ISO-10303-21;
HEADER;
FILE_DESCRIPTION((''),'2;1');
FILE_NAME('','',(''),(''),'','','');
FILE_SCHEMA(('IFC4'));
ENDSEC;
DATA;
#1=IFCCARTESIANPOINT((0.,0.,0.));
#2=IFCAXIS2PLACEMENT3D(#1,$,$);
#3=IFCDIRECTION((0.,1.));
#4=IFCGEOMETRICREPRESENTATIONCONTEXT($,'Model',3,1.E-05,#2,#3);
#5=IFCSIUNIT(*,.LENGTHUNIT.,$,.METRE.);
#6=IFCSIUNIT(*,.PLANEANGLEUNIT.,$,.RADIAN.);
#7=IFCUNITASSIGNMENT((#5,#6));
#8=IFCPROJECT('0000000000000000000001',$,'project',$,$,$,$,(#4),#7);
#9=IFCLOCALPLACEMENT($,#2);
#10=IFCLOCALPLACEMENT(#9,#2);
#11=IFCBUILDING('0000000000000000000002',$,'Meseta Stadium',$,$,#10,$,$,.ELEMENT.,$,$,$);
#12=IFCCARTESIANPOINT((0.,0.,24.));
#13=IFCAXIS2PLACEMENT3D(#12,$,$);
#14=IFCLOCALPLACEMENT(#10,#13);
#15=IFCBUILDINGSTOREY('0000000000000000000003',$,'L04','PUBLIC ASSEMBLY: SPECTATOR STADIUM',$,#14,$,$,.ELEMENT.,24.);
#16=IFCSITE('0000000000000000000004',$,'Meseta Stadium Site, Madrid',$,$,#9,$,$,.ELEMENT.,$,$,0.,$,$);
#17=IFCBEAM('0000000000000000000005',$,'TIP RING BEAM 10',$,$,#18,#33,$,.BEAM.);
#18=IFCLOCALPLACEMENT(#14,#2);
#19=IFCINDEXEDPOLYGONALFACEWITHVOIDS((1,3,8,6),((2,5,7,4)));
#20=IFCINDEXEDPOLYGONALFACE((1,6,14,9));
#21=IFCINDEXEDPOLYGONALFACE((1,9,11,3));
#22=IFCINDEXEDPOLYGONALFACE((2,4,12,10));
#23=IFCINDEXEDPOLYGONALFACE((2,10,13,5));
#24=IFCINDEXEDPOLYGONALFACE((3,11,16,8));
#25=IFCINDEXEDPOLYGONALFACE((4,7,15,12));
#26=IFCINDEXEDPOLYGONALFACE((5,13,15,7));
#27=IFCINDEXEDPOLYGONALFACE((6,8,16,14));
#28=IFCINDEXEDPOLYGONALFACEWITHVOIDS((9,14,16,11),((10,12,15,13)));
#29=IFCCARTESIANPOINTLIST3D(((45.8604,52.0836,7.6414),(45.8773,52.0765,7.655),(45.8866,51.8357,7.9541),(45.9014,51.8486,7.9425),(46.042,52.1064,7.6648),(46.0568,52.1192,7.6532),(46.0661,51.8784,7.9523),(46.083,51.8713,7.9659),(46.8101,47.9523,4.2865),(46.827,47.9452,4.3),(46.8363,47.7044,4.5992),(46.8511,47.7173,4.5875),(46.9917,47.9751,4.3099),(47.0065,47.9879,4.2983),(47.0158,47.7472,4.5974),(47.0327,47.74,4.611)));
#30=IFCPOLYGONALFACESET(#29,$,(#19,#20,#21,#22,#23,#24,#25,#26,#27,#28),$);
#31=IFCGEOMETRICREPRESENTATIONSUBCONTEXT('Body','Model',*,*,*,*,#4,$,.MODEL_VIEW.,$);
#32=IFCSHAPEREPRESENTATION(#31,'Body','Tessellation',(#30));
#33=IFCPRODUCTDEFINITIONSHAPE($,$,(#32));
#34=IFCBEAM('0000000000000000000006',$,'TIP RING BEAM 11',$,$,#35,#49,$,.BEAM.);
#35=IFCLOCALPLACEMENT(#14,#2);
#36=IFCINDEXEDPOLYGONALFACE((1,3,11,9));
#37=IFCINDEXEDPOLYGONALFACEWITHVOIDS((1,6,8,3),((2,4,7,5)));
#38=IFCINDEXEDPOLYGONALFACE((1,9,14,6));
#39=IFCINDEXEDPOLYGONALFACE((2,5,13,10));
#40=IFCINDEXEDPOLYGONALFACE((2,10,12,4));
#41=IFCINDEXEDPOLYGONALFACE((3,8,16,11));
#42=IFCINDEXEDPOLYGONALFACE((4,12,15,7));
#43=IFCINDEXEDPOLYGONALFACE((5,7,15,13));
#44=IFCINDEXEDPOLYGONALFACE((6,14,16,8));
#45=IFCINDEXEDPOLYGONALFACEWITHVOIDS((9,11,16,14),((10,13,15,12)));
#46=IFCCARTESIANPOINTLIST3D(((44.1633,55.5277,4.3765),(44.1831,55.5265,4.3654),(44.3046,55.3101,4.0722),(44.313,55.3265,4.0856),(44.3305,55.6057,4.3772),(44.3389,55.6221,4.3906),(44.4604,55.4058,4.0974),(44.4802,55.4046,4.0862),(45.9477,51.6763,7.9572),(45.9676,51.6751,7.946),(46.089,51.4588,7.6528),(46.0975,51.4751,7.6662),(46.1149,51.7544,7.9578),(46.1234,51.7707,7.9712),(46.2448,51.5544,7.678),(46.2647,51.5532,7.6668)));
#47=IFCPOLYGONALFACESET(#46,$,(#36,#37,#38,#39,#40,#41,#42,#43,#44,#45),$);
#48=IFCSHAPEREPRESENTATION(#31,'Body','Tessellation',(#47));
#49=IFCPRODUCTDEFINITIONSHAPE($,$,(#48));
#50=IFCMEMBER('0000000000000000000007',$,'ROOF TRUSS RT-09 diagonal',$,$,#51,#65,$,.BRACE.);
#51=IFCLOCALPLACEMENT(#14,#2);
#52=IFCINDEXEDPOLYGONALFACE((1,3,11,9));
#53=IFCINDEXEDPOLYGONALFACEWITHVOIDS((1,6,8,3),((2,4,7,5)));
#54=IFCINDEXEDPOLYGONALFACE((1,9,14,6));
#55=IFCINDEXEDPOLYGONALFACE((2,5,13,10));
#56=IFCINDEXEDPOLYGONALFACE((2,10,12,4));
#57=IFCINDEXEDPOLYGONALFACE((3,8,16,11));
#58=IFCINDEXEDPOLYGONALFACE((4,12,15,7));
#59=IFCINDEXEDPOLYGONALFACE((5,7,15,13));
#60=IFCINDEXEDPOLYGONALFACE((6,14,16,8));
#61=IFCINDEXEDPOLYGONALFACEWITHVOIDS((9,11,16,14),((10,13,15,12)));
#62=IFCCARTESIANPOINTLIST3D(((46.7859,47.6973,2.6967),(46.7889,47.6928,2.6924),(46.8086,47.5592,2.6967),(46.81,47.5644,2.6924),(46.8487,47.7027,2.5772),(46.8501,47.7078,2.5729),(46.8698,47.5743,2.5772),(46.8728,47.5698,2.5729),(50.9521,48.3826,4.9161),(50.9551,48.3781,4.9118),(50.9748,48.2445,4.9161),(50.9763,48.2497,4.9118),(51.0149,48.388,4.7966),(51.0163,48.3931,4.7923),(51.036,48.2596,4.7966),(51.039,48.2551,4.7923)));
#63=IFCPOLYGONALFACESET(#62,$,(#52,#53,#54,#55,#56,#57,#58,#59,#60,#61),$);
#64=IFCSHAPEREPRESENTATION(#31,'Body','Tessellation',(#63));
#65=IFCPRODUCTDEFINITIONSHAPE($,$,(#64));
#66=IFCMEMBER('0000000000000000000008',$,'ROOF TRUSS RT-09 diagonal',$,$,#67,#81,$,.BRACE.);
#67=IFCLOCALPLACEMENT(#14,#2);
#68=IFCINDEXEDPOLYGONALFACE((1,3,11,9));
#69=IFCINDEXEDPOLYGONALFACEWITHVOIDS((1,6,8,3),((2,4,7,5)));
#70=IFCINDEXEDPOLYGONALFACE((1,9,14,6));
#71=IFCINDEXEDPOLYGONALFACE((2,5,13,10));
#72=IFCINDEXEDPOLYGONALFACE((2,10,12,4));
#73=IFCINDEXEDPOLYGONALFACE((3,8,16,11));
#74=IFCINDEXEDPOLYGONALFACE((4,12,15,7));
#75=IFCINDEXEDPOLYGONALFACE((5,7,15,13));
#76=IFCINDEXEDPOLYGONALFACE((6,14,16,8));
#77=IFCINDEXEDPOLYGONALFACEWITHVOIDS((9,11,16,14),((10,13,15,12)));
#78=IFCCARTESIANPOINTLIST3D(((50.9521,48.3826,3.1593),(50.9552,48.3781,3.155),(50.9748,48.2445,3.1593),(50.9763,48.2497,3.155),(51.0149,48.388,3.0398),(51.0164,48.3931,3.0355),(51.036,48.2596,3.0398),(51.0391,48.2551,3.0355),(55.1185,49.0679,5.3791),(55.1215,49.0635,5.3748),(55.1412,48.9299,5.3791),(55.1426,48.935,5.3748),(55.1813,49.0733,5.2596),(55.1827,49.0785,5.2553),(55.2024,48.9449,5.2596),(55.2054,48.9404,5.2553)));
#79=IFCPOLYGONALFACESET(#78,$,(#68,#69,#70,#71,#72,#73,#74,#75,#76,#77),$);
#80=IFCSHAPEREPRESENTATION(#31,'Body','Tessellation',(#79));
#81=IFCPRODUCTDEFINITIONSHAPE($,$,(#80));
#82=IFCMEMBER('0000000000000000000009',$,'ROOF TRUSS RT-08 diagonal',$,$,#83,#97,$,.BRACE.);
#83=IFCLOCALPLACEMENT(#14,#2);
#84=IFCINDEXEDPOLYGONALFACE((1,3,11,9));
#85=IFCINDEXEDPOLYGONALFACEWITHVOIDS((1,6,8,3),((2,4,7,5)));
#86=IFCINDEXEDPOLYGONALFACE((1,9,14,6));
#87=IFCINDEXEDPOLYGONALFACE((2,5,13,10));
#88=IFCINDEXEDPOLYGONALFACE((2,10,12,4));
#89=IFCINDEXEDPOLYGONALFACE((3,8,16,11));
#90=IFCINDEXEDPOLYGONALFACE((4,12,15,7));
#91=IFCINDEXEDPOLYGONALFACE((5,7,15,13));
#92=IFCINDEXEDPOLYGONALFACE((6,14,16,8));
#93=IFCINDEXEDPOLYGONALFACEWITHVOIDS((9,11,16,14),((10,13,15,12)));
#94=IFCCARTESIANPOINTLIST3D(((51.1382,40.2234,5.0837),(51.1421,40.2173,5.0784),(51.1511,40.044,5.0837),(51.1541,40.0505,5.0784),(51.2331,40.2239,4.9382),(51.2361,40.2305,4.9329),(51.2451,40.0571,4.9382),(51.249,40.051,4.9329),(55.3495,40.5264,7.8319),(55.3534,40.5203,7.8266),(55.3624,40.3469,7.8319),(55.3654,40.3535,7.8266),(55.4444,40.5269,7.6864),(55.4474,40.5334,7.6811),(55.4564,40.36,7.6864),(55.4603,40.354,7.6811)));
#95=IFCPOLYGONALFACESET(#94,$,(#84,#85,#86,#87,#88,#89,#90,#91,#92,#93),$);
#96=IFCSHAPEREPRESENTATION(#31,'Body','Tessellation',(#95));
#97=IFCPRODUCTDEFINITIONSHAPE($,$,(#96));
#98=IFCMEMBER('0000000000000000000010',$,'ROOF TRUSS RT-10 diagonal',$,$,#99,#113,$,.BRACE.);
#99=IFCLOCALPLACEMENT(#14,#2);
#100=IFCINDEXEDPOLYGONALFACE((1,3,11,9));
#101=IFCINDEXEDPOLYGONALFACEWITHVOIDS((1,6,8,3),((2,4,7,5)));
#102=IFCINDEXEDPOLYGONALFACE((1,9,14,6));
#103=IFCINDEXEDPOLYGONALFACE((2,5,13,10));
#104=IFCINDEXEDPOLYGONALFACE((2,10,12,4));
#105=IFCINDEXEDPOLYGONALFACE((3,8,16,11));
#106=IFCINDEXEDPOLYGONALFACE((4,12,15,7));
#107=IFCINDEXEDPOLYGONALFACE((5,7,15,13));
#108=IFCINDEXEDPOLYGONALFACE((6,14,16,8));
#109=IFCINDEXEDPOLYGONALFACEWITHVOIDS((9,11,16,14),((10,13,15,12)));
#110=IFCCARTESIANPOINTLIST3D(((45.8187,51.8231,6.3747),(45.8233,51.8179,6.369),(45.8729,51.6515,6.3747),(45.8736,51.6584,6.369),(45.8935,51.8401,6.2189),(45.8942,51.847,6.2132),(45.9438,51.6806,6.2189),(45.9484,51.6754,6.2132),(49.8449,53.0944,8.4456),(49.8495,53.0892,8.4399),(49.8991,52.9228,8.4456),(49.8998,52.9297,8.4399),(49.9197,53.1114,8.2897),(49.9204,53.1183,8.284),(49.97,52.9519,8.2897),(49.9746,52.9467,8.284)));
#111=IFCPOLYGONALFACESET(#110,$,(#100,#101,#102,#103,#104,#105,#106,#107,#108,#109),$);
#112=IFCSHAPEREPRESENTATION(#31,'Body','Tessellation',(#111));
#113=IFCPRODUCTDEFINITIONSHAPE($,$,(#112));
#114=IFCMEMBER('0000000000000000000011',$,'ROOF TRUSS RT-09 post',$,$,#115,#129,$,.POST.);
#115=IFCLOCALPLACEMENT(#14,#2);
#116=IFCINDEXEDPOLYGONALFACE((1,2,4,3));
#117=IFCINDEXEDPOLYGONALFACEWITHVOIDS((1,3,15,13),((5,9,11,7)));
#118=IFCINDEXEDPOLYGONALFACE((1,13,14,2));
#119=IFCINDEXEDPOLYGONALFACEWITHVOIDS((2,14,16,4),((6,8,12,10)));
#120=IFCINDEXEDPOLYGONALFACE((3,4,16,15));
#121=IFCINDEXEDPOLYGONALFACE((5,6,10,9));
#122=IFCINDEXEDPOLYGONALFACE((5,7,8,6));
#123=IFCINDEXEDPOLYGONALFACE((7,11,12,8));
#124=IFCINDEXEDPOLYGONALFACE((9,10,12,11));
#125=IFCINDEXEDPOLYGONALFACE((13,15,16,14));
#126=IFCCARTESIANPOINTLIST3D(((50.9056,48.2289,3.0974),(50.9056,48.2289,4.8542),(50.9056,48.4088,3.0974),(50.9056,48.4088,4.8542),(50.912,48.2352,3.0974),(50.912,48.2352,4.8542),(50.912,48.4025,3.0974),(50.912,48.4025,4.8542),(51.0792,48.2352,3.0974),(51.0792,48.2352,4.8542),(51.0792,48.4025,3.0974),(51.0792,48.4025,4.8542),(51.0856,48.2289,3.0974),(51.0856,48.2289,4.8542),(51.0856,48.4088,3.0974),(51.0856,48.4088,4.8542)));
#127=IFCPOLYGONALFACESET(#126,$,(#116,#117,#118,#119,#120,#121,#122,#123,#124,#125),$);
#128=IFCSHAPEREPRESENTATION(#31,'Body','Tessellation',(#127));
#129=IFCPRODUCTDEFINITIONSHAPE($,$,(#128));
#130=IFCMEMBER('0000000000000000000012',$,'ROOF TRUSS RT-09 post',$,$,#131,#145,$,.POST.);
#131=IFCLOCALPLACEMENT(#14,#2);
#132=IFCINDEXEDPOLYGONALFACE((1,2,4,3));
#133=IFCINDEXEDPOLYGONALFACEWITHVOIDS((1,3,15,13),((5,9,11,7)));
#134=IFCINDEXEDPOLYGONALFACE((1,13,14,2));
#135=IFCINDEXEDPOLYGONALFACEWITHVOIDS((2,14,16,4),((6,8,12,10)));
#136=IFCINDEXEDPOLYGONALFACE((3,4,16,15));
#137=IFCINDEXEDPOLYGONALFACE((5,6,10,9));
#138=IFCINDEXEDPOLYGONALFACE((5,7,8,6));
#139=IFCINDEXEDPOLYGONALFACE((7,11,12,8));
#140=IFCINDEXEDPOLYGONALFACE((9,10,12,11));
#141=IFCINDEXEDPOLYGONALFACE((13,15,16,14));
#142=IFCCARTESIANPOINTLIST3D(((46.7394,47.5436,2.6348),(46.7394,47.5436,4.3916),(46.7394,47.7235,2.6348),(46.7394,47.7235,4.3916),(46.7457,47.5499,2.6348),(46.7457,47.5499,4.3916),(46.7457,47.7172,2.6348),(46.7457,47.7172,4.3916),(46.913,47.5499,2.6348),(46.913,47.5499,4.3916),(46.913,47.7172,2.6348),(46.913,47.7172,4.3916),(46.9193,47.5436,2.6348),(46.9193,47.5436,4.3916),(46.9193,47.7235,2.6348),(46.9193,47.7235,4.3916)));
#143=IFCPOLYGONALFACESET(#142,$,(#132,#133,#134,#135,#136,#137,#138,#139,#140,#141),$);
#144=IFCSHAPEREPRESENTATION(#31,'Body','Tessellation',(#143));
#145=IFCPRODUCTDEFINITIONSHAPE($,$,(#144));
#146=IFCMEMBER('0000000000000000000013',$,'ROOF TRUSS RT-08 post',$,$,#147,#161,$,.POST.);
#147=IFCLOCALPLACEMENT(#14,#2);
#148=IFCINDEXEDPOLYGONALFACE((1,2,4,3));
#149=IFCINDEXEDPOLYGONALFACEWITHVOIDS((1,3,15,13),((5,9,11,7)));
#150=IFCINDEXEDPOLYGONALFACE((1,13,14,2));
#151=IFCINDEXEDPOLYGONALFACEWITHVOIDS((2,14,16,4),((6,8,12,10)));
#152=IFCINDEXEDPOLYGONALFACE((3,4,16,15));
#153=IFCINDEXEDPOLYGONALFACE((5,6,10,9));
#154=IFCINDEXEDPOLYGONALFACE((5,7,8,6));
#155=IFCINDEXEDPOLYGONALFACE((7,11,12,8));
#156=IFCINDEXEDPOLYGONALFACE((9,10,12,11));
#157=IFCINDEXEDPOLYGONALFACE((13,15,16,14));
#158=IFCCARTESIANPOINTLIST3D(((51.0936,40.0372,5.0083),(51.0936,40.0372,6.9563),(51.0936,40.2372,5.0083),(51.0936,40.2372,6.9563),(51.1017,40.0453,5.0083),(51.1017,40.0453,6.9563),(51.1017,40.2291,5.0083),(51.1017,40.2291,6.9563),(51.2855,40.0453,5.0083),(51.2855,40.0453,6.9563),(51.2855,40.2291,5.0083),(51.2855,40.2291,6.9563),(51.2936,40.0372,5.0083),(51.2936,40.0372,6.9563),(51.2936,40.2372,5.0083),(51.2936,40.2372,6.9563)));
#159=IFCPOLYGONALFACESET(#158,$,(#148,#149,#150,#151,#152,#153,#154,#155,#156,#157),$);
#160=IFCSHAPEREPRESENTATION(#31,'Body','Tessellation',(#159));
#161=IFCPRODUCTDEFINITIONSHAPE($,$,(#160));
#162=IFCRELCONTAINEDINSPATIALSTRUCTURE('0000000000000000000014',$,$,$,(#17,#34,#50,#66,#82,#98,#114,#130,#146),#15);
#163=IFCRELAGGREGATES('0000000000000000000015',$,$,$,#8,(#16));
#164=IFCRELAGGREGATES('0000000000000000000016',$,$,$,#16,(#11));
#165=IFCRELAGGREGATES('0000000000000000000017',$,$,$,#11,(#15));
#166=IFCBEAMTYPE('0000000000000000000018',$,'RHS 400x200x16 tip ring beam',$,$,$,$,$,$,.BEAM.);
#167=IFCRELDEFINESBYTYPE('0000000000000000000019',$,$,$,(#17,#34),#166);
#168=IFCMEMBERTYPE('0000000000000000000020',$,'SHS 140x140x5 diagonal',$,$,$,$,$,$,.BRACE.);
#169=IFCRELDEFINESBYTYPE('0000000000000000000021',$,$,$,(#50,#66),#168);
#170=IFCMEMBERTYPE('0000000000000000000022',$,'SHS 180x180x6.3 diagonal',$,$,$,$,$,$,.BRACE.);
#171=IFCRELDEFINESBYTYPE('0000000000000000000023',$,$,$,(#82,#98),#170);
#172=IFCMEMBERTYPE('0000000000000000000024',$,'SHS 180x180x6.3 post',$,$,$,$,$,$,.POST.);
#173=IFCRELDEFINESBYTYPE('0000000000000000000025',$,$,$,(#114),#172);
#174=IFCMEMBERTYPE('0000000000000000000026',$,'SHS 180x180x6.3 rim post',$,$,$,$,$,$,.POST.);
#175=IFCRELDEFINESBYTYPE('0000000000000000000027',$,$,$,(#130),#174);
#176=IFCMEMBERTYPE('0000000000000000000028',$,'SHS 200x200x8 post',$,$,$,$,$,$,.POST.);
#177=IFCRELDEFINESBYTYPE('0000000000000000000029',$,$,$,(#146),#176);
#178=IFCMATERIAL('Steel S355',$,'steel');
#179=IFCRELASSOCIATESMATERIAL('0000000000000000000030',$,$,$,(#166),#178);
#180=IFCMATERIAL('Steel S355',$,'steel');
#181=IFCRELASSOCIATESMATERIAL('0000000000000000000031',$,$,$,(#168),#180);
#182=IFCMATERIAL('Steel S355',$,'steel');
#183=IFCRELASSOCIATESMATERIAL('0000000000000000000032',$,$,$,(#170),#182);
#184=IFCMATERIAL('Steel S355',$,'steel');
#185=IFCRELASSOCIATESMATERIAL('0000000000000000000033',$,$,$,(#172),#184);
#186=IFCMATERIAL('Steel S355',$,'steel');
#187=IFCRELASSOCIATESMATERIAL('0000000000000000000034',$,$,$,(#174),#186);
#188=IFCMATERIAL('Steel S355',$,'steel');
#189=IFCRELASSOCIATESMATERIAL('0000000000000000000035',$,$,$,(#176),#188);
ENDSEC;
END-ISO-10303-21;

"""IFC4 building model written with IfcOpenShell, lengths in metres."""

from ifc_helpers import new_model, si_unit, direction, frame, origin, origin_2d, place, context, subcontext, project, spatial, hollow_rectangle, extrude, material, material_profile, profile_set, type_object, element, save


model = new_model("IFC4")

# Units and contexts
model_context = context("Model", 3, precision=1e-05, world=origin(), true_north=direction((0.0, 1.0)))
body_context = subcontext(model_context, "Body", "Model", "MODEL_VIEW")
ifc_project = project(units=[si_unit("LENGTHUNIT", "METRE"), si_unit("PLANEANGLEUNIT", "RADIAN")], contexts=[model_context])

# Site, building, storey
site_placement = place(None, origin())
site = spatial("IfcSite", under=ifc_project, at=site_placement, Name="Meseta Stadium Site, Madrid", CompositionType="ELEMENT", RefElevation=0.0)
building_placement = place(site_placement, origin())
building = spatial("IfcBuilding", under=site, at=building_placement, Name="Meseta Stadium", CompositionType="ELEMENT")
storey_placement = place(building_placement, frame((0.0, 0.0, 24.0)))
storey = spatial("IfcBuildingStorey", under=building, at=storey_placement, Name="L04", Description="PUBLIC ASSEMBLY: SPECTATOR STADIUM", CompositionType="ELEMENT", Elevation=24.0)

# Beams
ifc_material_1 = material(Name="Steel S355", Category="steel")
ifc_material_profile_1 = material_profile(ifc_material_1, hollow_rectangle(XDim=0.2, YDim=0.3999, WallThickness=0.0161, at=origin_2d()), Name="RHS 400x200x16")
ifc_profile_set_1 = profile_set([ifc_material_profile_1], Name="Steel S355")
beam_type = type_object("IfcBeamType", Name="RHS 400x200x16 tip ring beam", PredefinedType="BEAM", material=ifc_profile_set_1)
beam_1_placement = place(storey_placement, frame((46.9214, 47.8462, 4.4487), z_axis=(-0.175673, 0.764202, 0.620592), x_axis=(-0.982266, -0.178023, -0.058835)))
element("IfcBeam", 1, at=beam_1_placement, inside=storey, type_object=beam_type, Name="TIP RING BEAM 10", PredefinedType="BEAM", context=body_context, shape_type="SweptSolid", body=[
    extrude(hollow_rectangle(XDim=0.2, YDim=0.3999, WallThickness=0.0161, at=origin_2d()), origin(), (0.0, 0.0, 1.0), 5.406),
])
beam_2_placement = place(storey_placement, frame((46.1062, 51.6147, 7.812), z_axis=(-0.321336, 0.69354, -0.644783), x_axis=(-0.878576, -0.472404, -0.070276)))
element("IfcBeam", 2, at=beam_2_placement, inside=storey, type_object=beam_type, Name="TIP RING BEAM 11", PredefinedType="BEAM", context=body_context, shape_type="SweptSolid", body=[
    extrude(hollow_rectangle(XDim=0.2, YDim=0.3999, WallThickness=0.0161, at=origin_2d()), origin(), (0.0, 0.0, 1.0), 5.5532),
])

# Members
ifc_material_2 = material(Name="Steel S355", Category="steel")
ifc_material_profile_2 = material_profile(ifc_material_2, hollow_rectangle(XDim=0.1399, YDim=0.1399, WallThickness=0.0049, at=origin_2d()), Name="SHS 140x140x5")
ifc_profile_set_2 = profile_set([ifc_material_profile_2], Name="Steel S355")
member_type_1 = type_object("IfcMemberType", Name="SHS 140x140x5 diagonal", PredefinedType="BRACE", material=ifc_profile_set_2)
member_1_placement = place(storey_placement, frame((46.8293, 47.6335, 2.6348), z_axis=(0.873419, 0.143668, 0.465295), x_axis=(-0.162308, 0.98674, 0.0)))
element("IfcMember", 3, at=member_1_placement, inside=storey, type_object=member_type_1, Name="ROOF TRUSS RT-09 diagonal", PredefinedType="BRACE", context=body_context, shape_type="SweptSolid", body=[
    extrude(hollow_rectangle(XDim=0.1399, YDim=0.1399, WallThickness=0.0049, at=origin_2d()), origin(), (0.0, 0.0, 1.0), 4.77),
])
member_2_placement = place(storey_placement, frame((50.9956, 48.3188, 3.0974), z_axis=(0.873398, 0.143664, 0.465335), x_axis=(-0.162308, 0.98674, 0.0)))
element("IfcMember", 4, at=member_2_placement, inside=storey, type_object=member_type_1, Name="ROOF TRUSS RT-09 diagonal", PredefinedType="BRACE", context=body_context, shape_type="SweptSolid", body=[
    extrude(hollow_rectangle(XDim=0.1399, YDim=0.1399, WallThickness=0.0049, at=origin_2d()), origin(), (0.0, 0.0, 1.0), 4.7703),
])
ifc_material_3 = material(Name="Steel S355", Category="steel")
ifc_material_profile_3 = material_profile(ifc_material_3, hollow_rectangle(XDim=0.1799, YDim=0.1799, WallThickness=0.0063, at=origin_2d()), Name="SHS 180x180x6.3")
ifc_profile_set_3 = profile_set([ifc_material_profile_3], Name="Steel S355")
member_type_2 = type_object("IfcMemberType", Name="SHS 180x180x6.3 diagonal", PredefinedType="BRACE", material=ifc_profile_set_3)
member_3_placement = place(storey_placement, frame((51.1936, 40.1372, 5.0083), z_axis=(0.835939, 0.060139, 0.545517), x_axis=(-0.071757, 0.997422, 0.0)))
element("IfcMember", 5, at=member_3_placement, inside=storey, type_object=member_type_2, Name="ROOF TRUSS RT-08 diagonal", PredefinedType="BRACE", context=body_context, shape_type="SweptSolid", body=[
    extrude(hollow_rectangle(XDim=0.1799, YDim=0.1799, WallThickness=0.0063, at=origin_2d()), origin(), (0.0, 0.0, 1.0), 5.0378),
])
member_4_placement = place(storey_placement, frame((45.8835, 51.7493, 6.2939), z_axis=(0.856158, 0.27033, 0.440357), x_axis=(-0.301095, 0.953594, 0.0)))
element("IfcMember", 6, at=member_4_placement, inside=storey, type_object=member_type_2, Name="ROOF TRUSS RT-10 diagonal", PredefinedType="BRACE", context=body_context, shape_type="SweptSolid", body=[
    extrude(hollow_rectangle(XDim=0.1799, YDim=0.1799, WallThickness=0.0063, at=origin_2d()), origin(), (0.0, 0.0, 1.0), 4.7026),
])
ifc_material_4 = material(Name="Steel S355", Category="steel")
ifc_material_profile_4 = material_profile(ifc_material_4, hollow_rectangle(XDim=0.1799, YDim=0.1799, WallThickness=0.0063, at=origin_2d()), Name="SHS 180x180x6.3")
ifc_profile_set_4 = profile_set([ifc_material_profile_4], Name="Steel S355")
member_type_3 = type_object("IfcMemberType", Name="SHS 180x180x6.3 post", PredefinedType="POST", material=ifc_profile_set_4)
member_5_placement = place(storey_placement, frame((50.9956, 48.3188, 3.0974), z_axis=(0.0, 0.0, 1.0), x_axis=(1.0, 0.0, 0.0)))
element("IfcMember", 7, at=member_5_placement, inside=storey, type_object=member_type_3, Name="ROOF TRUSS RT-09 post", PredefinedType="POST", context=body_context, shape_type="SweptSolid", body=[
    extrude(hollow_rectangle(XDim=0.1799, YDim=0.1799, WallThickness=0.0063, at=origin_2d()), origin(), (0.0, 0.0, 1.0), 1.7568),
])
ifc_material_5 = material(Name="Steel S355", Category="steel")
ifc_material_profile_5 = material_profile(ifc_material_5, hollow_rectangle(XDim=0.1799, YDim=0.1799, WallThickness=0.0063, at=origin_2d()), Name="SHS 180x180x6.3")
ifc_profile_set_5 = profile_set([ifc_material_profile_5], Name="Steel S355")
member_type_4 = type_object("IfcMemberType", Name="SHS 180x180x6.3 rim post", PredefinedType="POST", material=ifc_profile_set_5)
member_6_placement = place(storey_placement, frame((46.8293, 47.6335, 2.6348), z_axis=(0.0, 0.0, 1.0), x_axis=(1.0, 0.0, 0.0)))
element("IfcMember", 8, at=member_6_placement, inside=storey, type_object=member_type_4, Name="ROOF TRUSS RT-09 post", PredefinedType="POST", context=body_context, shape_type="SweptSolid", body=[
    extrude(hollow_rectangle(XDim=0.1799, YDim=0.1799, WallThickness=0.0063, at=origin_2d()), origin(), (0.0, 0.0, 1.0), 1.7568),
])
ifc_material_6 = material(Name="Steel S355", Category="steel")
ifc_material_profile_6 = material_profile(ifc_material_6, hollow_rectangle(XDim=0.2, YDim=0.2, WallThickness=0.0081, at=origin_2d()), Name="SHS 200x200x8")
ifc_profile_set_6 = profile_set([ifc_material_profile_6], Name="Steel S355")
member_type_5 = type_object("IfcMemberType", Name="SHS 200x200x8 post", PredefinedType="POST", material=ifc_profile_set_6)
member_7_placement = place(storey_placement, frame((51.1936, 40.1372, 5.0083), z_axis=(0.0, 0.0, 1.0), x_axis=(1.0, 0.0, 0.0)))
element("IfcMember", 9, at=member_7_placement, inside=storey, type_object=member_type_5, Name="ROOF TRUSS RT-08 post", PredefinedType="POST", context=body_context, shape_type="SweptSolid", body=[
    extrude(hollow_rectangle(XDim=0.2, YDim=0.2, WallThickness=0.0081, at=origin_2d()), origin(), (0.0, 0.0, 1.0), 1.948),
])

save(model, "model.ifc")
